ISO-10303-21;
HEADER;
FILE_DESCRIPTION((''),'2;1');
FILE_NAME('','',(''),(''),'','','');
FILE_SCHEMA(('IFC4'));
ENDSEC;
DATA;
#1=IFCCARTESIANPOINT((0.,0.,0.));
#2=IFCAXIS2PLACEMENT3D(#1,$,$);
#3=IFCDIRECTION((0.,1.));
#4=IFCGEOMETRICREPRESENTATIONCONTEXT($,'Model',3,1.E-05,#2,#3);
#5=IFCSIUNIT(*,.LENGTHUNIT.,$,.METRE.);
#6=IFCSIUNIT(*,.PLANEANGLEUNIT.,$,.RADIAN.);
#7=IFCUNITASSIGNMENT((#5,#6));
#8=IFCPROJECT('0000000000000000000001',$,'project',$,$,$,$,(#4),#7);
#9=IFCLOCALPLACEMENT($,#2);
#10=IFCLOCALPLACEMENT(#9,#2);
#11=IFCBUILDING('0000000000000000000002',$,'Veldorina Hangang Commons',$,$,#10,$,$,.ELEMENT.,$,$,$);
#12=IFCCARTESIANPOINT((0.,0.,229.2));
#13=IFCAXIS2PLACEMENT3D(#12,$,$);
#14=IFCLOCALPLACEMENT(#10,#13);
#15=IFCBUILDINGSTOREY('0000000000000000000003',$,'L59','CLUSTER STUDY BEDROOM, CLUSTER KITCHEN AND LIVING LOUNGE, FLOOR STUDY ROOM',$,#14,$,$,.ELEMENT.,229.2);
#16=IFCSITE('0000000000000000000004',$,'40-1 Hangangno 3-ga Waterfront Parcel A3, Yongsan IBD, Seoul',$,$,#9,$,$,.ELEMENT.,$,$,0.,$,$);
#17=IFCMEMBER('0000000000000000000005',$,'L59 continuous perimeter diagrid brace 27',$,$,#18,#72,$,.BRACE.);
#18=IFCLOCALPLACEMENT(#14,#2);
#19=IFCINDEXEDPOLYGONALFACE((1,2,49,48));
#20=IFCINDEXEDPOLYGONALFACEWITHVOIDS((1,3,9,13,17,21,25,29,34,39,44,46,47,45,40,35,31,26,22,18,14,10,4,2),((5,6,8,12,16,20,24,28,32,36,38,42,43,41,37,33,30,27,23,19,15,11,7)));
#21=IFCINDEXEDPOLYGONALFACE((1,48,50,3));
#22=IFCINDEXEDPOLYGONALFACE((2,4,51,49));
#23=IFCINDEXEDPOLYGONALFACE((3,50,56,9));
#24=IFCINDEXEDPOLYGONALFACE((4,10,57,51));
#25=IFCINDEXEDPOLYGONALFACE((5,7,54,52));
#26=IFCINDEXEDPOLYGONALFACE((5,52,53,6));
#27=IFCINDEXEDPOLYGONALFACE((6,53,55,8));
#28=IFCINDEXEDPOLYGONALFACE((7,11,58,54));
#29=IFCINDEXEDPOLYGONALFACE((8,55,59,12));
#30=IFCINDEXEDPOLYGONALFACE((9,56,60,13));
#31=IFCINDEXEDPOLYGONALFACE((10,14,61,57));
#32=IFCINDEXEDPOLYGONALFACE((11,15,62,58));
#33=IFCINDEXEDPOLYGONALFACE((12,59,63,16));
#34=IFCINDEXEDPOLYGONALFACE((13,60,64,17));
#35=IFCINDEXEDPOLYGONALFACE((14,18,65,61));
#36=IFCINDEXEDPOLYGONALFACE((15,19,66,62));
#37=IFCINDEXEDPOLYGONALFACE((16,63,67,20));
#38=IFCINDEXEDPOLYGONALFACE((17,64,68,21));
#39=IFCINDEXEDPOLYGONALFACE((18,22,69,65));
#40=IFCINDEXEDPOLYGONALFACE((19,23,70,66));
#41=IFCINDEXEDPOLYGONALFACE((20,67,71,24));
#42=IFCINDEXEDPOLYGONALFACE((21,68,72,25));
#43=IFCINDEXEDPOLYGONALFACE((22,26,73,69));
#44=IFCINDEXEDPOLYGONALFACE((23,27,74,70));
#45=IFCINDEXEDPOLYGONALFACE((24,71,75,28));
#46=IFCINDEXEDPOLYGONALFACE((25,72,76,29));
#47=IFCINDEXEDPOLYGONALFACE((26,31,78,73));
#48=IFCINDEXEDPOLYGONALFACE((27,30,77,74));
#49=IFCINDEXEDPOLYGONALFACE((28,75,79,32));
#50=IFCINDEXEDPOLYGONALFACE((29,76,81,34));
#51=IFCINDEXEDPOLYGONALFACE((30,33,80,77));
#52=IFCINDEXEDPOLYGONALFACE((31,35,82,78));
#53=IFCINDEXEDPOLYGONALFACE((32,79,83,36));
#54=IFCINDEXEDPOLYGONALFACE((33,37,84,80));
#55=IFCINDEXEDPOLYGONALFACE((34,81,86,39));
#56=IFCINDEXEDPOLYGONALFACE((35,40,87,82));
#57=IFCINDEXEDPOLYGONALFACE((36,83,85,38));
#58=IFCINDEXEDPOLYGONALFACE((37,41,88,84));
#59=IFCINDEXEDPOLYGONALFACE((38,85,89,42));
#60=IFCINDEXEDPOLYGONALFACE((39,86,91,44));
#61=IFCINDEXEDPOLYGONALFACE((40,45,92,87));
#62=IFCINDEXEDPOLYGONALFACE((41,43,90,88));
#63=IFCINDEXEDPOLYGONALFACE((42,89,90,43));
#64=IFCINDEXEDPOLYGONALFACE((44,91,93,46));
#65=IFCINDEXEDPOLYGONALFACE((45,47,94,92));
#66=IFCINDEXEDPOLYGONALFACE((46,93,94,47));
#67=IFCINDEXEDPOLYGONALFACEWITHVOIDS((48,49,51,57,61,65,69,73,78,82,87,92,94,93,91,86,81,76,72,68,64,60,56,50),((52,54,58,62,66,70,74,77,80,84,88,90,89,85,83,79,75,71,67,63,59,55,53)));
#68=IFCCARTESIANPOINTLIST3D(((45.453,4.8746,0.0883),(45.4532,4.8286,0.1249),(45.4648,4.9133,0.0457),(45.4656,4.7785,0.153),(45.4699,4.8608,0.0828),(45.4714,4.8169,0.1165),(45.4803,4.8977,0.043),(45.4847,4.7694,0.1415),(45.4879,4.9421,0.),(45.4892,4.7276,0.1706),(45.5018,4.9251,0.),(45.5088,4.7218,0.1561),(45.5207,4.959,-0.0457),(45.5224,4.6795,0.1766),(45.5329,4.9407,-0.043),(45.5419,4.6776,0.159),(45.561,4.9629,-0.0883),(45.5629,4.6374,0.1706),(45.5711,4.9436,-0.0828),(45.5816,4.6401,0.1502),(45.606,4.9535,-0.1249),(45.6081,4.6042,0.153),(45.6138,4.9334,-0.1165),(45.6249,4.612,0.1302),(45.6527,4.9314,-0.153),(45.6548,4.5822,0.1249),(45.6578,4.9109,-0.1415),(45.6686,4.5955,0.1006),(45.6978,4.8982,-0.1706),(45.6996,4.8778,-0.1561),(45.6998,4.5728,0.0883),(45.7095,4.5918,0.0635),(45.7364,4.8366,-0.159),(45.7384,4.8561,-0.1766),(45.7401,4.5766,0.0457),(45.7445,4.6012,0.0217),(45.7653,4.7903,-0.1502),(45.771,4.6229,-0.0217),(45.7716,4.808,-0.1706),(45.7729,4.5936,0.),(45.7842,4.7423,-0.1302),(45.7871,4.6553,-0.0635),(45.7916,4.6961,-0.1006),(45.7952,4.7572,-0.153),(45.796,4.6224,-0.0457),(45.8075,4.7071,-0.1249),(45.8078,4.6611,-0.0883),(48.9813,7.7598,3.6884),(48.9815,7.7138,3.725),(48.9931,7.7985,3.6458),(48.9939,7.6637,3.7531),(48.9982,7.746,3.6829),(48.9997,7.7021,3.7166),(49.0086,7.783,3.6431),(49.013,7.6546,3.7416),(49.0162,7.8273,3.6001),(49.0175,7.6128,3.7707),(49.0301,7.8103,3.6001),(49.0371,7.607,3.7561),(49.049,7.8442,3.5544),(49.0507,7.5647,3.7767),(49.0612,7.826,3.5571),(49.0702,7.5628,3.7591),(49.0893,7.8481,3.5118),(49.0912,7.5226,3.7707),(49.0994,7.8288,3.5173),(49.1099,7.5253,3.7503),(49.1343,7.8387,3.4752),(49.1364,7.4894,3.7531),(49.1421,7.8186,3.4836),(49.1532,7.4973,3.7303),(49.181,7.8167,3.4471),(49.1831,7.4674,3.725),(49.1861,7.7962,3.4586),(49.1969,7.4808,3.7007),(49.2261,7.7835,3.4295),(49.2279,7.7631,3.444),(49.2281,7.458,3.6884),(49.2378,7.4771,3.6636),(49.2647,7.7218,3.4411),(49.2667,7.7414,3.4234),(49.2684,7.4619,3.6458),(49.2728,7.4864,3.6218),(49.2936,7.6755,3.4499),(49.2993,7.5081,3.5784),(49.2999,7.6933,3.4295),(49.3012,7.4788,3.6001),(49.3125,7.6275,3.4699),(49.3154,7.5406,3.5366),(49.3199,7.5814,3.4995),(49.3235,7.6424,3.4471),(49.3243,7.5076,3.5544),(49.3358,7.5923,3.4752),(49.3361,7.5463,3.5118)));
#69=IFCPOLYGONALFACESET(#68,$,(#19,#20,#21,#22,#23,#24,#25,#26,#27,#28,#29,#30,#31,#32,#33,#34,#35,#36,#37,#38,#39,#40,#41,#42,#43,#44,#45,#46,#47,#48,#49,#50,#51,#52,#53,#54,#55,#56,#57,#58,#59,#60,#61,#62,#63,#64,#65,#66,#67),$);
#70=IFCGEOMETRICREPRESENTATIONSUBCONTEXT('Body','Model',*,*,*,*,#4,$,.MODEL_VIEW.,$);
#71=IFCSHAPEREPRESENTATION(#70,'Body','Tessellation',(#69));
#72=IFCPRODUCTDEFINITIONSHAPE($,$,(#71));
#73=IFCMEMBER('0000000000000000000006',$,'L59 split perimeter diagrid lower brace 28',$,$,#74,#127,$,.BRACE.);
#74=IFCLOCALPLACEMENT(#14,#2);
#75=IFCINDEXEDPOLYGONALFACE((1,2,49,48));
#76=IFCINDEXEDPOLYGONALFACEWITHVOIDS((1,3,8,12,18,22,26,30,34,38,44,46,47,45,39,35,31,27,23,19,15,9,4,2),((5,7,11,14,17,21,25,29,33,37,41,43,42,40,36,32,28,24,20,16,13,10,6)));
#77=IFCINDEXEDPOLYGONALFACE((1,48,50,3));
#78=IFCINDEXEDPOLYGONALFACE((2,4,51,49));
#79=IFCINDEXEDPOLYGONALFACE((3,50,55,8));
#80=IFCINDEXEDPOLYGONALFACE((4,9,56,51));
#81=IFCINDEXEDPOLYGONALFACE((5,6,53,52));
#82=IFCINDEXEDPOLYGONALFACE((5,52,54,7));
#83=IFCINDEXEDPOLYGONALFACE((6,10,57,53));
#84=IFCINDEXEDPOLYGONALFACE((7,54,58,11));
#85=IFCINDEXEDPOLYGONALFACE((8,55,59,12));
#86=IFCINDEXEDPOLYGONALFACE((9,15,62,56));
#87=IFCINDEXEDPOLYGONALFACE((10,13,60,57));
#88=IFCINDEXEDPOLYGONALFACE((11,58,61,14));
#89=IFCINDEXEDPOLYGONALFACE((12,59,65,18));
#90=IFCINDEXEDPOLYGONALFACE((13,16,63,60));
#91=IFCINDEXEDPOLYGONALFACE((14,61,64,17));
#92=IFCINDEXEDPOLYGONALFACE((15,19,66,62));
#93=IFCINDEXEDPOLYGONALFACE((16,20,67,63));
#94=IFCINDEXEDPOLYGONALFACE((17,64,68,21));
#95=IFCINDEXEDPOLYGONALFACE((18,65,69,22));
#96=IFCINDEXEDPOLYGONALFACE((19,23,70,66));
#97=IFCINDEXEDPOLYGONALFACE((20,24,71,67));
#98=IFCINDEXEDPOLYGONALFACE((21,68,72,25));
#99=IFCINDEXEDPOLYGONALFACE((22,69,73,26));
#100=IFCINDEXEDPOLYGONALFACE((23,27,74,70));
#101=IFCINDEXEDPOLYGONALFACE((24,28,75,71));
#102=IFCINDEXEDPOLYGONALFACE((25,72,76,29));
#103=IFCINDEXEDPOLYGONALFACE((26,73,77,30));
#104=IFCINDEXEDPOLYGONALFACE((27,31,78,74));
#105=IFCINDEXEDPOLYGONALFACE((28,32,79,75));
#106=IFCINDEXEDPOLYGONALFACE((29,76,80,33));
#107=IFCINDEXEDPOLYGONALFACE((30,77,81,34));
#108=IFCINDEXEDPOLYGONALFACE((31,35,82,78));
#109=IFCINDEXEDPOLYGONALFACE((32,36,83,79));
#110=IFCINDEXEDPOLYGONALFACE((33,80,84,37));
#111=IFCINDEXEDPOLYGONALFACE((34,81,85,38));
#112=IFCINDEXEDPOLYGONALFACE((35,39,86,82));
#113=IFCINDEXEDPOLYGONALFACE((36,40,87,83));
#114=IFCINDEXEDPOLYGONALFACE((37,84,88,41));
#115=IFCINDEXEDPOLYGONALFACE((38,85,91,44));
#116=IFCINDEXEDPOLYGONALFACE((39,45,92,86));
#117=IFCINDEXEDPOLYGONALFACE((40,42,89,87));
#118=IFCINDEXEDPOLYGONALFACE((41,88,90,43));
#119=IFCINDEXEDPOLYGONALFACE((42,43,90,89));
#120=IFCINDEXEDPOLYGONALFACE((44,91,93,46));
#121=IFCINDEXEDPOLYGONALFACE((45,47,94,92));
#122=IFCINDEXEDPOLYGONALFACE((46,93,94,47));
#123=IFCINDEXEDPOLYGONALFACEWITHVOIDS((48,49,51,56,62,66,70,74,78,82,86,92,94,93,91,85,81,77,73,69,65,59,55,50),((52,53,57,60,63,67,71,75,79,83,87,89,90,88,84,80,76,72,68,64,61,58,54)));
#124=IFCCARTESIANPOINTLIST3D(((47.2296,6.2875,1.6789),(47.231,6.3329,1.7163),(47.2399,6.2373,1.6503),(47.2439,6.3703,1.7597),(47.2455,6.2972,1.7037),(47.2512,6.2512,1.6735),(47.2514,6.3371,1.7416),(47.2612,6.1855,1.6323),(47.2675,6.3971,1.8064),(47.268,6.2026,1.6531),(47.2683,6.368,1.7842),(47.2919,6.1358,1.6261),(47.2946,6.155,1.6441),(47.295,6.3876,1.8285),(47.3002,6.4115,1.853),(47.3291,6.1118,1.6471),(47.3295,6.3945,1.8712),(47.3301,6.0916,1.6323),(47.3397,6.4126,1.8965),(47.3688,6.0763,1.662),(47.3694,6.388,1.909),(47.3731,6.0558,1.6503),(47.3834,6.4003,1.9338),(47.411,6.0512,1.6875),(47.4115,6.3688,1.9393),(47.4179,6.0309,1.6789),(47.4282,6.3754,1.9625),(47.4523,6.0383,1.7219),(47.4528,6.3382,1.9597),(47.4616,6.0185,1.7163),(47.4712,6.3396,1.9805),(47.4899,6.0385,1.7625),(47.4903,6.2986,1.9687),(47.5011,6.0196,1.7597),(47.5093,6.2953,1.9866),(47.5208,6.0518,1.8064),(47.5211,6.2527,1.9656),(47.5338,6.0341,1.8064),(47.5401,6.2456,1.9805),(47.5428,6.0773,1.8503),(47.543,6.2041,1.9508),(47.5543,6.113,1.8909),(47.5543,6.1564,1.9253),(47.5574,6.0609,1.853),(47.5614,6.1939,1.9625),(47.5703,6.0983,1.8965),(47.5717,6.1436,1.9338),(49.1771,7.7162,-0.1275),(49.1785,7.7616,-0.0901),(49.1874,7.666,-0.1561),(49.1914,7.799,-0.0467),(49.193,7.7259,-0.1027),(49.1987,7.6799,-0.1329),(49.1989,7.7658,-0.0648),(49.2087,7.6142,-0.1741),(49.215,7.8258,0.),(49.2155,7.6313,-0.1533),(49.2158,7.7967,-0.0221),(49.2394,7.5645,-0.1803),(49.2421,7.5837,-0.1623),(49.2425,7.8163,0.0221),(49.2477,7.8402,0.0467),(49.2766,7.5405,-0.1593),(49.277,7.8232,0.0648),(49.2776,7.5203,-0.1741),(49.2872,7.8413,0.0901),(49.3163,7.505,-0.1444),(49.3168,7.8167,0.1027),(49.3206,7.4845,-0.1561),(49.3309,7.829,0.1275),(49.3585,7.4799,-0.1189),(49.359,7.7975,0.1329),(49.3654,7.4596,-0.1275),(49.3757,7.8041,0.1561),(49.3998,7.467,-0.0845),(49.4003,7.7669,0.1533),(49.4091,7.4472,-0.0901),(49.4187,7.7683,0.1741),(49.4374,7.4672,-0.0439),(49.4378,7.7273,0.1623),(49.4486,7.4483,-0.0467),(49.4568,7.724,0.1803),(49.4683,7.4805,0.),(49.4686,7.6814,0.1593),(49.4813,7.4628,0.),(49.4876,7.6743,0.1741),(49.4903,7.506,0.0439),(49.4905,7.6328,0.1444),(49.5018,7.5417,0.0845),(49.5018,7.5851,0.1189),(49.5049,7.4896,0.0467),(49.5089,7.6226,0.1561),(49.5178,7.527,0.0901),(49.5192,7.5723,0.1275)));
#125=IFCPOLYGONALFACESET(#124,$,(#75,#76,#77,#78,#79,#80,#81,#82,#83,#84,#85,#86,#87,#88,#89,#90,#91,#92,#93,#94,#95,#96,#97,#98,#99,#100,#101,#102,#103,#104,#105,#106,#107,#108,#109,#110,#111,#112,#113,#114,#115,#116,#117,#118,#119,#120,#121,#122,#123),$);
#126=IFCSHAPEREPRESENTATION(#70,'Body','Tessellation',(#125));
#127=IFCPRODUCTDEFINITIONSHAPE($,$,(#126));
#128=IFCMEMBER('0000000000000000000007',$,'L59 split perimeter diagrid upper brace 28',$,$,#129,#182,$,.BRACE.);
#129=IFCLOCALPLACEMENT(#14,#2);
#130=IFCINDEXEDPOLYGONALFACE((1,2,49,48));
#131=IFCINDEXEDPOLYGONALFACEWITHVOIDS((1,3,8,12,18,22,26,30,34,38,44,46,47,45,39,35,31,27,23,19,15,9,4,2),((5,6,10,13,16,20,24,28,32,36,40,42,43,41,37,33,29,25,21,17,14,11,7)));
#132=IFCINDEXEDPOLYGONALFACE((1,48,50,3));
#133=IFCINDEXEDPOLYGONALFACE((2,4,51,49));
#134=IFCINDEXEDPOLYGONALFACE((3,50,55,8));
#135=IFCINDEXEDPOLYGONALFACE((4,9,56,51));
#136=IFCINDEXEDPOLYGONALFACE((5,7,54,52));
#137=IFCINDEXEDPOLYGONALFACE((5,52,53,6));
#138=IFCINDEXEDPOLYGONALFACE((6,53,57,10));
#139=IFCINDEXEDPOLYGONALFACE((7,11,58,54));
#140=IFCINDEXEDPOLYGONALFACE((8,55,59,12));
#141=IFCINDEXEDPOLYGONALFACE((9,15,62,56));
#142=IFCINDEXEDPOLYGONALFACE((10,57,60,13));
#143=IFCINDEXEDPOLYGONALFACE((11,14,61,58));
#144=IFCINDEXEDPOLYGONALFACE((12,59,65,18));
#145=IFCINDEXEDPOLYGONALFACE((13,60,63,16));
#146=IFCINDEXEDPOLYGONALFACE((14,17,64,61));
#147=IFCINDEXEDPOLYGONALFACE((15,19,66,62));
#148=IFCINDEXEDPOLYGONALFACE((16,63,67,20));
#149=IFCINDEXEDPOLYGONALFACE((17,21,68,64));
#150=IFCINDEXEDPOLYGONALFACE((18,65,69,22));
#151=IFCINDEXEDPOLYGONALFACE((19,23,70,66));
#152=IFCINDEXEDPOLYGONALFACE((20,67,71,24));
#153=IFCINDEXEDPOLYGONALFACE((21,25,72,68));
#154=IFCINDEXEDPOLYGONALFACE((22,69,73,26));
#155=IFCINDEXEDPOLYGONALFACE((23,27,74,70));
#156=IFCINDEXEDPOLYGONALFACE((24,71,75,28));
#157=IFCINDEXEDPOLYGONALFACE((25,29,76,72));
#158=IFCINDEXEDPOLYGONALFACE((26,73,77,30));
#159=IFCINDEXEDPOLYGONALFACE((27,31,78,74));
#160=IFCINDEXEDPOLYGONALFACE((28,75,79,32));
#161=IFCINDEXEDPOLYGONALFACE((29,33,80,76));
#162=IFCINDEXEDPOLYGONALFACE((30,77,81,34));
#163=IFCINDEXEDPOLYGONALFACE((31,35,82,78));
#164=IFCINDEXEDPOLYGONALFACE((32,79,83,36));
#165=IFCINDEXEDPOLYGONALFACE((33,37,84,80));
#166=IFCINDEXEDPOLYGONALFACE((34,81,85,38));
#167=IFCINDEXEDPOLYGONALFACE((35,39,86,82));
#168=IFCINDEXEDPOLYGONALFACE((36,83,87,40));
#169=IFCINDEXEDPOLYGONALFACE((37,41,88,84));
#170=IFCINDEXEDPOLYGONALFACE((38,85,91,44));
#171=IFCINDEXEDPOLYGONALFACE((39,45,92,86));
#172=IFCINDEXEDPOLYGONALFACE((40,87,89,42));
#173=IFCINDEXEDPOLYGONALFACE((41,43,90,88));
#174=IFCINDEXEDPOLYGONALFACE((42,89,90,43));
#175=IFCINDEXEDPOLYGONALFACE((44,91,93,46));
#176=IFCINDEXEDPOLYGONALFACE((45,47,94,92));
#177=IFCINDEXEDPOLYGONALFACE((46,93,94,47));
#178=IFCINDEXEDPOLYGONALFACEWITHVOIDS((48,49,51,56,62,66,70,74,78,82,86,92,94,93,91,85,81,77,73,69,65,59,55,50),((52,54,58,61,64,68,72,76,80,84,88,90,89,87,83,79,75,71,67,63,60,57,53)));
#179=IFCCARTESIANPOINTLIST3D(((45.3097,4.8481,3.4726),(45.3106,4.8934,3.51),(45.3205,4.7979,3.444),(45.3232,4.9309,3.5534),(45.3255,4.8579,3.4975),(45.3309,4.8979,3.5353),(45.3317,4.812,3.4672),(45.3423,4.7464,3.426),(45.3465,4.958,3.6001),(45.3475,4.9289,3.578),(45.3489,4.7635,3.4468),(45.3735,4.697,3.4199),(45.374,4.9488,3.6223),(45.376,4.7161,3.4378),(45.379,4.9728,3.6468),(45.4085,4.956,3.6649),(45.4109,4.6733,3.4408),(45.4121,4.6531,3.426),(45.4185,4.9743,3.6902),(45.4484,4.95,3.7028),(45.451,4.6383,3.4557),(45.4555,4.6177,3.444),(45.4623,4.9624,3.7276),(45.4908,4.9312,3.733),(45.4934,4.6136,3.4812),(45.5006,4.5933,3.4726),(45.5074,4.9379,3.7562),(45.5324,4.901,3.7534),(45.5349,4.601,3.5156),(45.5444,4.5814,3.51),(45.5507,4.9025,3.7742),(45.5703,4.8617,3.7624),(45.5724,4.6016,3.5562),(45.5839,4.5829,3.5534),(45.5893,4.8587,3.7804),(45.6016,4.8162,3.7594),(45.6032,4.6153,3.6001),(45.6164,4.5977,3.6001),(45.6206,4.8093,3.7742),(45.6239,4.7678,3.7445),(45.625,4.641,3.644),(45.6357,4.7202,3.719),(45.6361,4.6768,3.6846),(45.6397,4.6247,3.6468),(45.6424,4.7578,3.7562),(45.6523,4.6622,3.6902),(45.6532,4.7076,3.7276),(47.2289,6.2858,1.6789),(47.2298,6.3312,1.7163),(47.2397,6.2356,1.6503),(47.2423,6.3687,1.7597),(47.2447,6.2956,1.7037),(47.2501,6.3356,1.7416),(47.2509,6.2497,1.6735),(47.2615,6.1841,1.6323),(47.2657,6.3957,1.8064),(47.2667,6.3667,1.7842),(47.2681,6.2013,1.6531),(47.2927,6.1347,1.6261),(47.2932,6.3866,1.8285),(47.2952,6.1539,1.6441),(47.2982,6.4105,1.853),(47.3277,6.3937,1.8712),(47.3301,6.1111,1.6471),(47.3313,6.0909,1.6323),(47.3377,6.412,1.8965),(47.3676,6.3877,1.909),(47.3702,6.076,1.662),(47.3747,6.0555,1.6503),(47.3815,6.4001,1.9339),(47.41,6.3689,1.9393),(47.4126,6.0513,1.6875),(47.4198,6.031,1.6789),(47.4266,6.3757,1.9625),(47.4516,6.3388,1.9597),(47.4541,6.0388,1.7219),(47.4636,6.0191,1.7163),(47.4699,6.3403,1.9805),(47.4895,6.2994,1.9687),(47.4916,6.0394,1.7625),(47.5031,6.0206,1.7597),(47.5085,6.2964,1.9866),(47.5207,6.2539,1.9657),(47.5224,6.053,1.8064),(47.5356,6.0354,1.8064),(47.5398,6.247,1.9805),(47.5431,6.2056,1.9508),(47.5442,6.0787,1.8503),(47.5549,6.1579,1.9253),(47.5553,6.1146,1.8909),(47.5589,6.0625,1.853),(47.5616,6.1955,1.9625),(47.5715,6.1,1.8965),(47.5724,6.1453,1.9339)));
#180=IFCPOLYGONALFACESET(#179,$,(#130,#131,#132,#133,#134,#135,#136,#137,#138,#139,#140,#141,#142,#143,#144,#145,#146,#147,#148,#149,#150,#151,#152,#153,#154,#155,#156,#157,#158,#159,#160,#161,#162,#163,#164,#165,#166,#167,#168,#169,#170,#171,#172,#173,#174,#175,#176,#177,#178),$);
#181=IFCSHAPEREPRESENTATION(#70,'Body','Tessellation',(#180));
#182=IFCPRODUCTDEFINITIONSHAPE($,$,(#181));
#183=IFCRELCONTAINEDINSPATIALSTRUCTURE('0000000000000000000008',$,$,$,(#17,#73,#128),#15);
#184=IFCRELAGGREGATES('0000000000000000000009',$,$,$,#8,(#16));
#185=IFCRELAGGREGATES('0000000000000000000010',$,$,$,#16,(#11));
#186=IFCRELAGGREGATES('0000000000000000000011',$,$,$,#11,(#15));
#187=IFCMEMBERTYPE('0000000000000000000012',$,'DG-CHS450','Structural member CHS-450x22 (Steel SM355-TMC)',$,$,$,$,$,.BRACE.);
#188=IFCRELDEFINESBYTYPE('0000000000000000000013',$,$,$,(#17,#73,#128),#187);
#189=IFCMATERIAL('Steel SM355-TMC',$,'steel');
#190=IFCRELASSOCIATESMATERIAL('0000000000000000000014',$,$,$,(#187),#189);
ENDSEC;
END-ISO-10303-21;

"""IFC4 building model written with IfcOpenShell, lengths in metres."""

from ifc_helpers import new_model, si_unit, direction, frame, origin, origin_2d, place, context, subcontext, project, spatial, hollow_circle, extrude, material, material_profile, profile_set, type_object, element, save


model = new_model("IFC4")

# Units and contexts
model_context = context("Model", 3, precision=1e-05, world=origin(), true_north=direction((0.0, 1.0)))
body_context = subcontext(model_context, "Body", "Model", "MODEL_VIEW")
ifc_project = project(units=[si_unit("LENGTHUNIT", "METRE"), si_unit("PLANEANGLEUNIT", "RADIAN")], contexts=[model_context])

# Site, building, storey
site_placement = place(None, origin())
site = spatial("IfcSite", under=ifc_project, at=site_placement, Name="40-1 Hangangno 3-ga Waterfront Parcel A3, Yongsan IBD, Seoul", CompositionType="ELEMENT", RefElevation=0.0)
building_placement = place(site_placement, origin())
building = spatial("IfcBuilding", under=site, at=building_placement, Name="Veldorina Hangang Commons", CompositionType="ELEMENT")
storey_placement = place(building_placement, frame((0.0, 0.0, 229.2)))
storey = spatial("IfcBuildingStorey", under=building, at=storey_placement, Name="L59", Description="CLUSTER STUDY BEDROOM, CLUSTER KITCHEN AND LIVING LOUNGE, FLOOR STUDY ROOM", CompositionType="ELEMENT", Elevation=229.2)

# Shared definitions
ifc_material_1 = material(Name="Steel SM355-TMC", Category="steel")

# Members
ifc_material_profile_1 = material_profile(ifc_material_1, hollow_circle(Radius=0.2251, WallThickness=0.022, at=origin_2d()), Name="CHS-450x22")
ifc_profile_set_1 = profile_set([ifc_material_profile_1], Name="Steel SM355-TMC")
member_type_1 = type_object("IfcMemberType", Name="DG-CHS450", Description="Structural member CHS-450x22 (Steel SM355-TMC)", PredefinedType="BRACE", material=ifc_profile_set_1)
member_1_placement = place(storey_placement, frame((45.6304, 4.7678, 0.0), z_axis=(0.607479, 0.496761, 0.619837), x_axis=(-0.633034, 0.774124, 0.0)))
element("IfcMember", 1, at=member_1_placement, inside=storey, type_object=member_type_1, Name="L59 continuous perimeter diagrid brace 27", PredefinedType="BRACE", context=body_context, shape_type="SweptSolid", body=[
    extrude(hollow_circle(Radius=0.2251, WallThickness=0.022, at=origin_2d()), origin(), (0.0, 0.0, 1.0), 5.8081),
])
member_2_placement = place(storey_placement, frame((49.3481, 7.6443, 0.0), z_axis=(-0.645697, -0.473689, 0.598911), x_axis=(0.591508, -0.806299, 0.0)))
element("IfcMember", 2, at=member_2_placement, inside=storey, type_object=member_type_1, Name="L59 split perimeter diagrid lower brace 28", PredefinedType="BRACE", context=body_context, shape_type="SweptSolid", body=[
    extrude(hollow_circle(Radius=0.2251, WallThickness=0.022, at=origin_2d()), origin(), (0.0, 0.0, 1.0), 3.0161),
])
member_3_placement = place(storey_placement, frame((47.4006, 6.2156, 1.8064), z_axis=(-0.640879, -0.480109, 0.598974), x_axis=(0.59956, -0.80033, 0.0)))
element("IfcMember", 3, at=member_3_placement, inside=storey, type_object=member_type_1, Name="L59 split perimeter diagrid upper brace 28", PredefinedType="BRACE", context=body_context, shape_type="SweptSolid", body=[
    extrude(hollow_circle(Radius=0.2251, WallThickness=0.022, at=origin_2d()), origin(), (0.0, 0.0, 1.0), 2.9946),
])

save(model, "model.ifc")
